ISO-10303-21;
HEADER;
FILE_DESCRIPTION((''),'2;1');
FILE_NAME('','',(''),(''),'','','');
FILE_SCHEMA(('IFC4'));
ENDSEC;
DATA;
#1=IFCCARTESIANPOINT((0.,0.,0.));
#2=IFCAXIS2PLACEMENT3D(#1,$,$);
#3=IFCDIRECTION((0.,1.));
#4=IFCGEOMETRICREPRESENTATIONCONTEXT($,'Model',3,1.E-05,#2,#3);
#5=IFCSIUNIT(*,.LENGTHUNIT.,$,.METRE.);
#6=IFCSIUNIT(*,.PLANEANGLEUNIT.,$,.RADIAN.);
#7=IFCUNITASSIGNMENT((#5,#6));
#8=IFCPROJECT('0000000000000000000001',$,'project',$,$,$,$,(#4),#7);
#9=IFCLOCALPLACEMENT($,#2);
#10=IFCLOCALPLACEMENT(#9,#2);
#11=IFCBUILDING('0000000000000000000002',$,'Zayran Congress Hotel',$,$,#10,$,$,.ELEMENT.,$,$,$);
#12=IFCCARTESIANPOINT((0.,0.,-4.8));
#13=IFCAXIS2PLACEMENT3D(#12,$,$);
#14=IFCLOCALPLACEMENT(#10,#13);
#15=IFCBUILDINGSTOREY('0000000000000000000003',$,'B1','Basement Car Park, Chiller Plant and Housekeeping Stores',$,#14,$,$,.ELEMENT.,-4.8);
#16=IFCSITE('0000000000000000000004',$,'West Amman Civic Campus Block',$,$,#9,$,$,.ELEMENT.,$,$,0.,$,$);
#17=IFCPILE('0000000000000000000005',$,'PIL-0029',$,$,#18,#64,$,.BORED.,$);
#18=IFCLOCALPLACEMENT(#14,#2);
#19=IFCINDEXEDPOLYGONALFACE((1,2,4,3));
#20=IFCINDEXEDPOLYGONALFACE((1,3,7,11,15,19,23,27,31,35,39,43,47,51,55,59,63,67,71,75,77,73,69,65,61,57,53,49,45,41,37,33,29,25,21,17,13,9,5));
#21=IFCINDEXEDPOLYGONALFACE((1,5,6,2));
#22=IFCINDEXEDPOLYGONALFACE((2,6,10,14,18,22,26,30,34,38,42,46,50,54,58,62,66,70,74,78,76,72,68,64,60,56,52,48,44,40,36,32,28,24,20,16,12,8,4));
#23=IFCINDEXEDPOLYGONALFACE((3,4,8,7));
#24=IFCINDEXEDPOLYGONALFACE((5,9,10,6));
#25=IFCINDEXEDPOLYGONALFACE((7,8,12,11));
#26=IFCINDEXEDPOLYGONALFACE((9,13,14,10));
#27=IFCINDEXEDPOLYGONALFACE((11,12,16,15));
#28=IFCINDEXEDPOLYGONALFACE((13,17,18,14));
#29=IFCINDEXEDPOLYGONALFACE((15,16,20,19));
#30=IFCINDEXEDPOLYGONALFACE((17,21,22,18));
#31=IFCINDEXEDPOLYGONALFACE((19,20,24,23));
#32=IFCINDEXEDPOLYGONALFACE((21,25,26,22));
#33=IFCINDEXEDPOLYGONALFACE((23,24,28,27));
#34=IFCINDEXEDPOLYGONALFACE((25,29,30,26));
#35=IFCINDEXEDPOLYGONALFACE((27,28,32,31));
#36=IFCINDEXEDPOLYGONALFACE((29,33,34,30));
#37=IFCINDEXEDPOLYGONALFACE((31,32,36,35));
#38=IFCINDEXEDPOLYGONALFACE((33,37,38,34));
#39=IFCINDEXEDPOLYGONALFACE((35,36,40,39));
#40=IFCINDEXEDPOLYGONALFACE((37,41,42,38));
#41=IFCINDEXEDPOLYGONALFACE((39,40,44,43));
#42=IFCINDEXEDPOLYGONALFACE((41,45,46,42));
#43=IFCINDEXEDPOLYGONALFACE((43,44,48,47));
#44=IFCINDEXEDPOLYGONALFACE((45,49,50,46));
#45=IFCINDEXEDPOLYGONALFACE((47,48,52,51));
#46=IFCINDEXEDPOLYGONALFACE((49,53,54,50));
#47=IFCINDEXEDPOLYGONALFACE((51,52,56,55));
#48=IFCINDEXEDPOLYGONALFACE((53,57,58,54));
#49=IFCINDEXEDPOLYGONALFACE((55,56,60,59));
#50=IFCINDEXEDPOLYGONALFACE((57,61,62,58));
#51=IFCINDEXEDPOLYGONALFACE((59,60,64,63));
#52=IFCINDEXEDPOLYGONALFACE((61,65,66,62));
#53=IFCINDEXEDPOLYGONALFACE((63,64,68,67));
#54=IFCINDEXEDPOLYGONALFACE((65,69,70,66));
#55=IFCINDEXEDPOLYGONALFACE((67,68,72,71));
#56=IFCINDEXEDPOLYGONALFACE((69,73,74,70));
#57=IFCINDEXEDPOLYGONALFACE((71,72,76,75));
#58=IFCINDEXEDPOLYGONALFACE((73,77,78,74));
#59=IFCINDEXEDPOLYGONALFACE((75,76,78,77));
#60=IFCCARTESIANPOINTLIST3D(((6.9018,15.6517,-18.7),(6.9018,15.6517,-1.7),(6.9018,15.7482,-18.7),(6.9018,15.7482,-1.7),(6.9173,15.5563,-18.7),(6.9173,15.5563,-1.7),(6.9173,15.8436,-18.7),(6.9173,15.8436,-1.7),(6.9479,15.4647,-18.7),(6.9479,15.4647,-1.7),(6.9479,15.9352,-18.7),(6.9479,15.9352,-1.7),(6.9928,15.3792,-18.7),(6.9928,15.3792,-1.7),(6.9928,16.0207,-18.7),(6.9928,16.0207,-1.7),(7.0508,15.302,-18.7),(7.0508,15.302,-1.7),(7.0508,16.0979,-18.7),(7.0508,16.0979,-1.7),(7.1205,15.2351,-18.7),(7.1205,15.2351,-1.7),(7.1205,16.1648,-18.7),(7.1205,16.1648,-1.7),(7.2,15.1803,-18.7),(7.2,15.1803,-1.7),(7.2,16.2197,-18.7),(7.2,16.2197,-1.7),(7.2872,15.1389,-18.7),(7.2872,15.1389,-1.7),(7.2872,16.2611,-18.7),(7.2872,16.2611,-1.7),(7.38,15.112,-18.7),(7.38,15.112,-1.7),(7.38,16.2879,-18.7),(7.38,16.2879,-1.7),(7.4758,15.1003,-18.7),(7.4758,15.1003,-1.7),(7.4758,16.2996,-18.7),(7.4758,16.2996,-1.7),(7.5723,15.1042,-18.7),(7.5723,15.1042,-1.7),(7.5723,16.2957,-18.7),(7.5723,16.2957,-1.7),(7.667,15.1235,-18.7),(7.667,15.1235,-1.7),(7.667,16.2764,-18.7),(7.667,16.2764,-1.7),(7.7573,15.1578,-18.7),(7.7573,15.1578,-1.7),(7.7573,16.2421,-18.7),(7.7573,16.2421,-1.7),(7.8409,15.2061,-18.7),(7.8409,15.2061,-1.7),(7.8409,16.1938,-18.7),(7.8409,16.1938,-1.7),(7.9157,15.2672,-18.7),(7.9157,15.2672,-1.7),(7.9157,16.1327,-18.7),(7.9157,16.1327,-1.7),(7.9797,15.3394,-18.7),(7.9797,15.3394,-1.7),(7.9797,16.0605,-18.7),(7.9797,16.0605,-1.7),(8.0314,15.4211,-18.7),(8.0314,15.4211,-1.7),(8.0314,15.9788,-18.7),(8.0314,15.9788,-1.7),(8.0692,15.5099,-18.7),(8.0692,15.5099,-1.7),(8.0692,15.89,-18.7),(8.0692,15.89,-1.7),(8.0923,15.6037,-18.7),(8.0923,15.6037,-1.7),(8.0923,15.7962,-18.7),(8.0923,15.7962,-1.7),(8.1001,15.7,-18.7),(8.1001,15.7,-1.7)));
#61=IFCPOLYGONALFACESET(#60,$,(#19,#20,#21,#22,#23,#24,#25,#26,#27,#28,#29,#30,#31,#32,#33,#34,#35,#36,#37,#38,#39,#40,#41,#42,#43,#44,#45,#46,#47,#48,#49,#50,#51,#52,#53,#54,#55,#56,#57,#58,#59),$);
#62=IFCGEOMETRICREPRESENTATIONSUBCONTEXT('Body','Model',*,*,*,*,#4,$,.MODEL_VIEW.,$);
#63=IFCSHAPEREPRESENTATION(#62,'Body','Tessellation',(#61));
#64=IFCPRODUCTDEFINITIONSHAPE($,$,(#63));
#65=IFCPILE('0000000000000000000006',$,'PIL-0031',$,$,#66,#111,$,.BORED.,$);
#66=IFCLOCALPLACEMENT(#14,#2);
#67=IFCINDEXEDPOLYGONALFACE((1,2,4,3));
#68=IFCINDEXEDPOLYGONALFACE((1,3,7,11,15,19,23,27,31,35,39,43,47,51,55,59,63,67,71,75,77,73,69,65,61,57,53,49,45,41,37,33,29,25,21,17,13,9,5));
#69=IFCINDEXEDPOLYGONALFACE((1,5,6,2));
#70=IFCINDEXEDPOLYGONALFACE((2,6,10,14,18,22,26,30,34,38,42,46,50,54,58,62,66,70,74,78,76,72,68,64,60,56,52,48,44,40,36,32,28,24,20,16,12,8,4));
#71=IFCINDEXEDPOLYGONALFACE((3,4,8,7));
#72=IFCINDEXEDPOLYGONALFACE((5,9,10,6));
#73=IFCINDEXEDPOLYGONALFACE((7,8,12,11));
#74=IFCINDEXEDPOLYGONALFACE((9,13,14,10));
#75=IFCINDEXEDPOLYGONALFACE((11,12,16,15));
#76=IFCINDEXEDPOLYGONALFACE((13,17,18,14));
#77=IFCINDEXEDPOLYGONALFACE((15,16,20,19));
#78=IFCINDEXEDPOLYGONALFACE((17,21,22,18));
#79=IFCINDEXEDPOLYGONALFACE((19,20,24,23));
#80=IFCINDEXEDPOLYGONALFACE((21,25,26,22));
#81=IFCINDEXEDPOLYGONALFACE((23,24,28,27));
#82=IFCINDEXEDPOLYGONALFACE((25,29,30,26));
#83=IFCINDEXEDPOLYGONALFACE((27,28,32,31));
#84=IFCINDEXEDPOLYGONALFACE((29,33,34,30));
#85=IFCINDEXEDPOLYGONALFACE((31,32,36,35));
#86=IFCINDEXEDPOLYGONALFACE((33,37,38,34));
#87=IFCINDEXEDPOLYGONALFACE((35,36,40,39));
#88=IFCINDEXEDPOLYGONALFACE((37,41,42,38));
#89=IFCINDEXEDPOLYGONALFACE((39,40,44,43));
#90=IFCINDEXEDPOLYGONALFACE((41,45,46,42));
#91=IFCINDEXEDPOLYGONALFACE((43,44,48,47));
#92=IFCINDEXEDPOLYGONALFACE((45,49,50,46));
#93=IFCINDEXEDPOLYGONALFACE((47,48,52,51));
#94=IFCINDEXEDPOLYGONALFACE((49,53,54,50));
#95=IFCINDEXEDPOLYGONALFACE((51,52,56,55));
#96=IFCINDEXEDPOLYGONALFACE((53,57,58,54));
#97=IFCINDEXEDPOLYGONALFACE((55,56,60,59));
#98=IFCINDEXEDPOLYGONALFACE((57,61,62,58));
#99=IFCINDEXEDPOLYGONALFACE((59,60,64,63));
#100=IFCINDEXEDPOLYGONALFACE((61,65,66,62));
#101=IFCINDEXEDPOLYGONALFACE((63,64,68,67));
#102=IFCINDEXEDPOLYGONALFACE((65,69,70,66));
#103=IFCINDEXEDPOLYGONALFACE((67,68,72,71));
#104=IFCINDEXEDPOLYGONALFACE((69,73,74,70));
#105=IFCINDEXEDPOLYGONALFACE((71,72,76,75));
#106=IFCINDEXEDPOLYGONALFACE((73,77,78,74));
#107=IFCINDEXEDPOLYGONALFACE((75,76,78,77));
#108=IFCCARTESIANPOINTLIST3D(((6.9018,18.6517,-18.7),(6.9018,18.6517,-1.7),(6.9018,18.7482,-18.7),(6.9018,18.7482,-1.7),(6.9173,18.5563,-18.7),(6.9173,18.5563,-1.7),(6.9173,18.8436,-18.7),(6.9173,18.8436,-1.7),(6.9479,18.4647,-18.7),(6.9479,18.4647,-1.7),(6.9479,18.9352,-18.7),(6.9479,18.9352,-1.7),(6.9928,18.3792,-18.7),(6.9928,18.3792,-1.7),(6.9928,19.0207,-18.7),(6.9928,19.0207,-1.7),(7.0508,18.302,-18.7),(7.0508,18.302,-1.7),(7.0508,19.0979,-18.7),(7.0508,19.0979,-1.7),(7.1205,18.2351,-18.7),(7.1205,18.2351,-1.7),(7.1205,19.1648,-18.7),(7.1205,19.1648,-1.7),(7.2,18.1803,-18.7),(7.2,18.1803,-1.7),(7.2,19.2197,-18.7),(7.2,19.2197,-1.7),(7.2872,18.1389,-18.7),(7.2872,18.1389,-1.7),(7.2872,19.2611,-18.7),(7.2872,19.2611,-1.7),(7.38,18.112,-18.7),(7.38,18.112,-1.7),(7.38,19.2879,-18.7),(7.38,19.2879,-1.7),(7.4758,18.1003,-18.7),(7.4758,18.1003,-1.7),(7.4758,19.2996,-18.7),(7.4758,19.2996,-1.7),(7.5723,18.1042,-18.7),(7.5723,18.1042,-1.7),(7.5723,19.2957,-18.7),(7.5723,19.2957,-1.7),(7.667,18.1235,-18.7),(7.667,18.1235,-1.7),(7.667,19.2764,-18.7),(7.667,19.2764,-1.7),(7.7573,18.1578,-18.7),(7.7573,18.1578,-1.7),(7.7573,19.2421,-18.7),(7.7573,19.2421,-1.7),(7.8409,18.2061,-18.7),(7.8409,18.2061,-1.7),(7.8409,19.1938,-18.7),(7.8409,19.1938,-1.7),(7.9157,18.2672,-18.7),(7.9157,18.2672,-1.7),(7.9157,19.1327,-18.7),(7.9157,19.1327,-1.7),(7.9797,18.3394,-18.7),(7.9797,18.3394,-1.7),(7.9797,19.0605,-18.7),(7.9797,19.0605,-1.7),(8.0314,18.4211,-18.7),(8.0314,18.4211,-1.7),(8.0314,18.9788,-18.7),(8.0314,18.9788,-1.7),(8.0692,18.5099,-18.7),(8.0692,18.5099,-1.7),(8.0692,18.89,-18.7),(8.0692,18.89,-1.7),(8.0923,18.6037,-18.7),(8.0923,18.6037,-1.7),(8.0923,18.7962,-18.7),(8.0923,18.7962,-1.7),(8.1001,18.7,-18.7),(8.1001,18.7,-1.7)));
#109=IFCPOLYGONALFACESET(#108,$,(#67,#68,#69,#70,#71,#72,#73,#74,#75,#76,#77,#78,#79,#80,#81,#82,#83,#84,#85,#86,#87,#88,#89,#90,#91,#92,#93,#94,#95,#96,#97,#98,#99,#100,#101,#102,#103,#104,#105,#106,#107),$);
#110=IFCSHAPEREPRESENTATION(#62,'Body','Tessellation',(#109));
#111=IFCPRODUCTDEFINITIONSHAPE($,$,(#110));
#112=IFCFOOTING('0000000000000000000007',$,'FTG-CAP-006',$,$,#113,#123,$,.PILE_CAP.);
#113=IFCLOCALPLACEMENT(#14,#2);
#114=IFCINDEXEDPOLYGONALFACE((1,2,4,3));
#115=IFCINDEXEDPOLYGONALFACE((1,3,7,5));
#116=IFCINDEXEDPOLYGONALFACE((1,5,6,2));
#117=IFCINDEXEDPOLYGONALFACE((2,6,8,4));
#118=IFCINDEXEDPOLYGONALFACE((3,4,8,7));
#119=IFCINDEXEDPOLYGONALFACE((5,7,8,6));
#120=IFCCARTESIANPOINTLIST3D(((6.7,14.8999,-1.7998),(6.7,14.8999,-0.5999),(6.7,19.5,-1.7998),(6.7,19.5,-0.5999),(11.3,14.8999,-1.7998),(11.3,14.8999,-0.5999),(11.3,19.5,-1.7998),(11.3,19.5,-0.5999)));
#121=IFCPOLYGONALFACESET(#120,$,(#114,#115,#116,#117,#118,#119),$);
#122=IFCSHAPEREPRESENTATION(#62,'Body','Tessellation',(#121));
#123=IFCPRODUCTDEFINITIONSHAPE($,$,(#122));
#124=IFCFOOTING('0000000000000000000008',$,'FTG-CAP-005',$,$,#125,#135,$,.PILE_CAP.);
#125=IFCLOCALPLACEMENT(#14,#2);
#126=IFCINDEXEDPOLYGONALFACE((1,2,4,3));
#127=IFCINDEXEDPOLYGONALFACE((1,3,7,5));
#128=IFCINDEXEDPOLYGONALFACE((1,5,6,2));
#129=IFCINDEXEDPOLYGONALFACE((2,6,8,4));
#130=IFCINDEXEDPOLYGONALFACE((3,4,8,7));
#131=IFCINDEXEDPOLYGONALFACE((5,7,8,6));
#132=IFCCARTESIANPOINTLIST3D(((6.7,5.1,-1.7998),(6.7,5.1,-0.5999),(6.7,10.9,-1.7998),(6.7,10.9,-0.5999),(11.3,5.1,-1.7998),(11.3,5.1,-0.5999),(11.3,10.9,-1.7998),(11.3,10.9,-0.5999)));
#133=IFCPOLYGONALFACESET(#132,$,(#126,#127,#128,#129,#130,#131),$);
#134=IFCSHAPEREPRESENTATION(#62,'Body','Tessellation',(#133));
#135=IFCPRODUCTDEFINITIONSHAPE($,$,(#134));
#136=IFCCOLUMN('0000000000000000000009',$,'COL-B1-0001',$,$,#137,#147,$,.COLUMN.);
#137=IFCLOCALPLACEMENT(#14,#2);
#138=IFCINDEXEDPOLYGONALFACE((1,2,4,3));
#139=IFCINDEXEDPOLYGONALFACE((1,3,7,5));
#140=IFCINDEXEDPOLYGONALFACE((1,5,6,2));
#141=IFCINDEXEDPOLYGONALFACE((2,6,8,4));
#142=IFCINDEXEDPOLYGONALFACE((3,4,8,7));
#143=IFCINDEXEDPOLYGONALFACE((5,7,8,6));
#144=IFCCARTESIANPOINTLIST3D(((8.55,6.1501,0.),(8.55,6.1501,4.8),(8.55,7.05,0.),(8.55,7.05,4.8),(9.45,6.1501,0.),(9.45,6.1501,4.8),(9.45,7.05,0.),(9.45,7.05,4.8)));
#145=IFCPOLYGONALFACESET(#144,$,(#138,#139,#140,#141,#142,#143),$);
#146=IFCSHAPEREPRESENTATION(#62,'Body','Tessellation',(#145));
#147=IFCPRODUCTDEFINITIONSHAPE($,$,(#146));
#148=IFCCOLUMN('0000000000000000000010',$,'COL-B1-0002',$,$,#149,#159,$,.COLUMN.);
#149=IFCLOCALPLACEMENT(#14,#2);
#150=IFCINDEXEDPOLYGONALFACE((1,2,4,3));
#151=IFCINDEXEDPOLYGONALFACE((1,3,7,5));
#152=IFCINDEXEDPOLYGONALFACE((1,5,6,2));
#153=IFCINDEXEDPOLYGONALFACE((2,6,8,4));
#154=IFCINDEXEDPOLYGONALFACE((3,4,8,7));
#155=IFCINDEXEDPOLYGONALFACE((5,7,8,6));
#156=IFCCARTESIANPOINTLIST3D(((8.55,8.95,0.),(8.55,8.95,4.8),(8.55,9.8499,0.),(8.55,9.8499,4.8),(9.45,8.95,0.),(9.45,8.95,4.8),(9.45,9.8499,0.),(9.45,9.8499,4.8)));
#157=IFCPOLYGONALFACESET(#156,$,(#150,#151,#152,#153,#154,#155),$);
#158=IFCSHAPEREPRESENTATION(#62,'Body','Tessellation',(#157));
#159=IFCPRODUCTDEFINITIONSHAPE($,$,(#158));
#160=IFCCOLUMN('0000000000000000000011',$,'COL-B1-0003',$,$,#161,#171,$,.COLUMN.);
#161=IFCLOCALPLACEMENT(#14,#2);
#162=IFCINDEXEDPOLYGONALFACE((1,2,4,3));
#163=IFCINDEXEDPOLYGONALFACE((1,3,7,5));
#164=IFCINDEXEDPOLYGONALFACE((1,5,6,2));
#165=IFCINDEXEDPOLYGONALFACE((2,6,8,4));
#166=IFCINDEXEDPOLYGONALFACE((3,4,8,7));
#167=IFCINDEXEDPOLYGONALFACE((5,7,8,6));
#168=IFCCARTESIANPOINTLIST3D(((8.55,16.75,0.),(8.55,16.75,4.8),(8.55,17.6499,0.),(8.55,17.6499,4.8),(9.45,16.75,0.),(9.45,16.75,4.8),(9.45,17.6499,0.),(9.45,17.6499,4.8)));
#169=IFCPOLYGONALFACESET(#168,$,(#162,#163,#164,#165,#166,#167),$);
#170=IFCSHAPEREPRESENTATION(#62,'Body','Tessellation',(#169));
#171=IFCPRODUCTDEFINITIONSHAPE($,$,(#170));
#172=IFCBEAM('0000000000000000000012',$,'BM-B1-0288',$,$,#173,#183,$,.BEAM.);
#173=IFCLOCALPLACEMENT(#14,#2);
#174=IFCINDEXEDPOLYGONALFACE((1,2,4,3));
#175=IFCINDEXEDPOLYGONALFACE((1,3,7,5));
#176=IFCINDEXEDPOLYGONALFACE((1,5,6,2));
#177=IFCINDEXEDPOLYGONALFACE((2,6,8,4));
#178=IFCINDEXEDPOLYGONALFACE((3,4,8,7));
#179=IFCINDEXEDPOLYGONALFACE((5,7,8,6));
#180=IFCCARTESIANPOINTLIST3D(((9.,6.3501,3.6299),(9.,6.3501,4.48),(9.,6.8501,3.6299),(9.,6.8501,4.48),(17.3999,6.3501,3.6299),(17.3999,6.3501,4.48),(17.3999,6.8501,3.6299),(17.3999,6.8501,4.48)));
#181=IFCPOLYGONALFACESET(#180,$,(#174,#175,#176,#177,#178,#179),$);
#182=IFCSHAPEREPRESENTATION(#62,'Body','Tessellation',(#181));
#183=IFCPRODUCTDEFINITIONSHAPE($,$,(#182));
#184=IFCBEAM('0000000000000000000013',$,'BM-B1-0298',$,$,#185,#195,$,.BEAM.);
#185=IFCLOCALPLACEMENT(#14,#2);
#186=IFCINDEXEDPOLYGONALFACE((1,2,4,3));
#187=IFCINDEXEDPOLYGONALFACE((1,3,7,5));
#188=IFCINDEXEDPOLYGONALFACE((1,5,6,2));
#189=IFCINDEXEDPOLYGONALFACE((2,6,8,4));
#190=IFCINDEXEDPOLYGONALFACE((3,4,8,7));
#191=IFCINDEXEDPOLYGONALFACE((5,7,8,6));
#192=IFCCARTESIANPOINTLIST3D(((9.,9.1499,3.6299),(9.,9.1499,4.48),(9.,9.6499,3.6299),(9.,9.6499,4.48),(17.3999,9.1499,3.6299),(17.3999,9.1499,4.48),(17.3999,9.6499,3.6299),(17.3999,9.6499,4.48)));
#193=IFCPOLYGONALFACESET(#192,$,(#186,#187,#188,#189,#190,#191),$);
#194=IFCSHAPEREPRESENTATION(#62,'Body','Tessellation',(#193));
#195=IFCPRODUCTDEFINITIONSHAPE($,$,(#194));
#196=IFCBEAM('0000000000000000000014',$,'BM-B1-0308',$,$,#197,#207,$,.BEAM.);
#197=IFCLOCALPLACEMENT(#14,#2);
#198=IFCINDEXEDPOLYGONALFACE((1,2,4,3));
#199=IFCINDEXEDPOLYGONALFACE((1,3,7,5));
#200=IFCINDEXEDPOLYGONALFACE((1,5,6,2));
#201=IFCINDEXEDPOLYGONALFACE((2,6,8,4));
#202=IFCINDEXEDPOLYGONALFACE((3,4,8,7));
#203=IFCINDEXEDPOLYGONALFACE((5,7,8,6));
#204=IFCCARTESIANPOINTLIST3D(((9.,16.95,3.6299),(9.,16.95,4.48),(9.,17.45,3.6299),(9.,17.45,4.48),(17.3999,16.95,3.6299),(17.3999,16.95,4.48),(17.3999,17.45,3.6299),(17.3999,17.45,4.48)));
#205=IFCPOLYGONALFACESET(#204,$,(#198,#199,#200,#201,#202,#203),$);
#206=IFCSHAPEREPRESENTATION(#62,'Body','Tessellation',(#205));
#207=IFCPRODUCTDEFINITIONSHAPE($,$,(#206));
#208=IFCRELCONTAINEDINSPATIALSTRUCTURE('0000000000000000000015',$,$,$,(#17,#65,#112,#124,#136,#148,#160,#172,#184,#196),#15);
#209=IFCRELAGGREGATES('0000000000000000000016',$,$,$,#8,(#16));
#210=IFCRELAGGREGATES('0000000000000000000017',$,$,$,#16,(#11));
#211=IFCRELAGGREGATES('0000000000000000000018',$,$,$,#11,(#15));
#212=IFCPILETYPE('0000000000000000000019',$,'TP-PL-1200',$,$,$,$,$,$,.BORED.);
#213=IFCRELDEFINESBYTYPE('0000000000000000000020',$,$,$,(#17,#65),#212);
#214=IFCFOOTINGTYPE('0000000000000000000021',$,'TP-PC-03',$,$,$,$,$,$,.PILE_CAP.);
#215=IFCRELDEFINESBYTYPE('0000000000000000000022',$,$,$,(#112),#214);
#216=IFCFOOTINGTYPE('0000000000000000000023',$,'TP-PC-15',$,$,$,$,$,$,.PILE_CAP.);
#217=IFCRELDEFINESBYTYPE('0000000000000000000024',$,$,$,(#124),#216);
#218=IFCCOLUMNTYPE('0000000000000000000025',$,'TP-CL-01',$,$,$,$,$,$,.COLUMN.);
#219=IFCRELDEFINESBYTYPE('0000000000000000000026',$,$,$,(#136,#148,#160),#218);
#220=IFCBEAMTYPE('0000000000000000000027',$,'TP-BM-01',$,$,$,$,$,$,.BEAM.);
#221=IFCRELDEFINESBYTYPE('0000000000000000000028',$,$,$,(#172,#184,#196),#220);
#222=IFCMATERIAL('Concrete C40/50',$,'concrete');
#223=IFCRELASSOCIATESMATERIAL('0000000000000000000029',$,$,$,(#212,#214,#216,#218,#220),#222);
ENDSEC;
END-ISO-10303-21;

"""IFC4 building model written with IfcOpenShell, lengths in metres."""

from ifc_helpers import new_model, si_unit, direction, frame, origin, origin_2d, place, context, subcontext, project, spatial, rectangle, circle, extrude, material, material_profile, profile_set, type_object, element, save


model = new_model("IFC4")

# Units and contexts
model_context = context("Model", 3, precision=1e-05, world=origin(), true_north=direction((0.0, 1.0)))
body_context = subcontext(model_context, "Body", "Model", "MODEL_VIEW")
ifc_project = project(units=[si_unit("LENGTHUNIT", "METRE"), si_unit("PLANEANGLEUNIT", "RADIAN")], contexts=[model_context])

# Site, building, storey
site_placement = place(None, origin())
site = spatial("IfcSite", under=ifc_project, at=site_placement, Name="West Amman Civic Campus Block", CompositionType="ELEMENT", RefElevation=0.0)
building_placement = place(site_placement, origin())
building = spatial("IfcBuilding", under=site, at=building_placement, Name="Zayran Congress Hotel", CompositionType="ELEMENT")
storey_placement = place(building_placement, frame((0.0, 0.0, -4.8)))
storey = spatial("IfcBuildingStorey", under=building, at=storey_placement, Name="B1", Description="Basement Car Park, Chiller Plant and Housekeeping Stores", CompositionType="ELEMENT", Elevation=-4.8)

# Piles
ifc_material_1 = material(Name="Concrete C40/50", Category="concrete")
ifc_material_profile_1 = material_profile(ifc_material_1, circle(Radius=0.6001, at=origin_2d()), Name="PILE D1200")
ifc_profile_set_1 = profile_set([ifc_material_profile_1], Name="Concrete C40/50")
pile_type = type_object("IfcPileType", Name="TP-PL-1200", PredefinedType="BORED", material=ifc_profile_set_1)
for number, where, z_axis, x_axis, name in (
    (1, (7.5, 15.7, -1.7), (0.0, 0.0, -1.0), (1.0, 0.0, 0.0), "PIL-0029"),
    (2, (7.5, 18.7, -1.7), (0.0, 0.0, -1.0), (1.0, 0.0, 0.0), "PIL-0031"),
):
    element("IfcPile", number, at=place(storey_placement, frame(where, z_axis=z_axis, x_axis=x_axis)), inside=storey, type_object=pile_type, Name=name, PredefinedType="BORED", context=body_context, shape_type="SweptSolid", body=[
        extrude(circle(Radius=0.6001, at=origin_2d()), origin(), (0.0, 0.0, 1.0), 17.0),
    ])

# Footings
footing_type_1 = type_object("IfcFootingType", Name="TP-PC-03", PredefinedType="PILE_CAP", material=ifc_material_1)
footing_1_placement = place(storey_placement, frame((9.0, 17.2, -1.7998), z_axis=(0.0, 0.0, 1.0), x_axis=(1.0, 0.0, 0.0)))
element("IfcFooting", 3, at=footing_1_placement, inside=storey, type_object=footing_type_1, Name="FTG-CAP-006", PredefinedType="PILE_CAP", context=body_context, shape_type="SweptSolid", body=[
    extrude(rectangle(XDim=4.6001, YDim=4.6001, at=origin_2d()), origin(), (0.0, 0.0, 1.0), 1.2),
])
footing_type_2 = type_object("IfcFootingType", Name="TP-PC-15", PredefinedType="PILE_CAP", material=ifc_material_1)
footing_2_placement = place(storey_placement, frame((9.0, 8.0, -1.7998), z_axis=(0.0, 0.0, 1.0), x_axis=(1.0, 0.0, 0.0)))
element("IfcFooting", 4, at=footing_2_placement, inside=storey, type_object=footing_type_2, Name="FTG-CAP-005", PredefinedType="PILE_CAP", context=body_context, shape_type="SweptSolid", body=[
    extrude(rectangle(XDim=4.6001, YDim=5.8, at=origin_2d()), origin(), (0.0, 0.0, 1.0), 1.2),
])

# Columns
ifc_material_profile_2 = material_profile(ifc_material_1, rectangle(XDim=0.8999, YDim=0.8999, at=origin_2d()), Name="RC 900x900")
ifc_profile_set_2 = profile_set([ifc_material_profile_2], Name="Concrete C40/50")
column_type = type_object("IfcColumnType", Name="TP-CL-01", PredefinedType="COLUMN", material=ifc_profile_set_2)
for number, where, z_axis, x_axis, name in (
    (5, (9.0, 6.6001, 0.0), (0.0, 0.0, 1.0), (1.0, 0.0, 0.0), "COL-B1-0001"),
    (6, (9.0, 9.3999, 0.0), (0.0, 0.0, 1.0), (1.0, 0.0, 0.0), "COL-B1-0002"),
    (7, (9.0, 17.2, 0.0), (0.0, 0.0, 1.0), (1.0, 0.0, 0.0), "COL-B1-0003"),
):
    element("IfcColumn", number, at=place(storey_placement, frame(where, z_axis=z_axis, x_axis=x_axis)), inside=storey, type_object=column_type, Name=name, PredefinedType="COLUMN", context=body_context, shape_type="SweptSolid", body=[
        extrude(rectangle(XDim=0.8999, YDim=0.8999, at=origin_2d()), origin(), (0.0, 0.0, 1.0), 4.8),
    ])

# Beams
ifc_material_profile_3 = material_profile(ifc_material_1, rectangle(XDim=0.5, YDim=0.8501, at=origin_2d()), Name="RC 500x850")
ifc_profile_set_3 = profile_set([ifc_material_profile_3], Name="Concrete C40/50")
beam_type = type_object("IfcBeamType", Name="TP-BM-01", PredefinedType="BEAM", material=ifc_profile_set_3)
for number, where, z_axis, x_axis, name in (
    (8, (9.0, 6.6001, 4.0549), (1.0, 0.0, 0.0), (0.0, 1.0, 0.0), "BM-B1-0288"),
    (9, (9.0, 9.3999, 4.0549), (1.0, 0.0, 0.0), (0.0, 1.0, 0.0), "BM-B1-0298"),
    (10, (9.0, 17.2, 4.0549), (1.0, 0.0, 0.0), (0.0, 1.0, 0.0), "BM-B1-0308"),
):
    element("IfcBeam", number, at=place(storey_placement, frame(where, z_axis=z_axis, x_axis=x_axis)), inside=storey, type_object=beam_type, Name=name, PredefinedType="BEAM", context=body_context, shape_type="SweptSolid", body=[
        extrude(rectangle(XDim=0.5, YDim=0.8501, at=origin_2d()), origin(), (0.0, 0.0, 1.0), 8.3999),
    ])

save(model, "model.ifc")
